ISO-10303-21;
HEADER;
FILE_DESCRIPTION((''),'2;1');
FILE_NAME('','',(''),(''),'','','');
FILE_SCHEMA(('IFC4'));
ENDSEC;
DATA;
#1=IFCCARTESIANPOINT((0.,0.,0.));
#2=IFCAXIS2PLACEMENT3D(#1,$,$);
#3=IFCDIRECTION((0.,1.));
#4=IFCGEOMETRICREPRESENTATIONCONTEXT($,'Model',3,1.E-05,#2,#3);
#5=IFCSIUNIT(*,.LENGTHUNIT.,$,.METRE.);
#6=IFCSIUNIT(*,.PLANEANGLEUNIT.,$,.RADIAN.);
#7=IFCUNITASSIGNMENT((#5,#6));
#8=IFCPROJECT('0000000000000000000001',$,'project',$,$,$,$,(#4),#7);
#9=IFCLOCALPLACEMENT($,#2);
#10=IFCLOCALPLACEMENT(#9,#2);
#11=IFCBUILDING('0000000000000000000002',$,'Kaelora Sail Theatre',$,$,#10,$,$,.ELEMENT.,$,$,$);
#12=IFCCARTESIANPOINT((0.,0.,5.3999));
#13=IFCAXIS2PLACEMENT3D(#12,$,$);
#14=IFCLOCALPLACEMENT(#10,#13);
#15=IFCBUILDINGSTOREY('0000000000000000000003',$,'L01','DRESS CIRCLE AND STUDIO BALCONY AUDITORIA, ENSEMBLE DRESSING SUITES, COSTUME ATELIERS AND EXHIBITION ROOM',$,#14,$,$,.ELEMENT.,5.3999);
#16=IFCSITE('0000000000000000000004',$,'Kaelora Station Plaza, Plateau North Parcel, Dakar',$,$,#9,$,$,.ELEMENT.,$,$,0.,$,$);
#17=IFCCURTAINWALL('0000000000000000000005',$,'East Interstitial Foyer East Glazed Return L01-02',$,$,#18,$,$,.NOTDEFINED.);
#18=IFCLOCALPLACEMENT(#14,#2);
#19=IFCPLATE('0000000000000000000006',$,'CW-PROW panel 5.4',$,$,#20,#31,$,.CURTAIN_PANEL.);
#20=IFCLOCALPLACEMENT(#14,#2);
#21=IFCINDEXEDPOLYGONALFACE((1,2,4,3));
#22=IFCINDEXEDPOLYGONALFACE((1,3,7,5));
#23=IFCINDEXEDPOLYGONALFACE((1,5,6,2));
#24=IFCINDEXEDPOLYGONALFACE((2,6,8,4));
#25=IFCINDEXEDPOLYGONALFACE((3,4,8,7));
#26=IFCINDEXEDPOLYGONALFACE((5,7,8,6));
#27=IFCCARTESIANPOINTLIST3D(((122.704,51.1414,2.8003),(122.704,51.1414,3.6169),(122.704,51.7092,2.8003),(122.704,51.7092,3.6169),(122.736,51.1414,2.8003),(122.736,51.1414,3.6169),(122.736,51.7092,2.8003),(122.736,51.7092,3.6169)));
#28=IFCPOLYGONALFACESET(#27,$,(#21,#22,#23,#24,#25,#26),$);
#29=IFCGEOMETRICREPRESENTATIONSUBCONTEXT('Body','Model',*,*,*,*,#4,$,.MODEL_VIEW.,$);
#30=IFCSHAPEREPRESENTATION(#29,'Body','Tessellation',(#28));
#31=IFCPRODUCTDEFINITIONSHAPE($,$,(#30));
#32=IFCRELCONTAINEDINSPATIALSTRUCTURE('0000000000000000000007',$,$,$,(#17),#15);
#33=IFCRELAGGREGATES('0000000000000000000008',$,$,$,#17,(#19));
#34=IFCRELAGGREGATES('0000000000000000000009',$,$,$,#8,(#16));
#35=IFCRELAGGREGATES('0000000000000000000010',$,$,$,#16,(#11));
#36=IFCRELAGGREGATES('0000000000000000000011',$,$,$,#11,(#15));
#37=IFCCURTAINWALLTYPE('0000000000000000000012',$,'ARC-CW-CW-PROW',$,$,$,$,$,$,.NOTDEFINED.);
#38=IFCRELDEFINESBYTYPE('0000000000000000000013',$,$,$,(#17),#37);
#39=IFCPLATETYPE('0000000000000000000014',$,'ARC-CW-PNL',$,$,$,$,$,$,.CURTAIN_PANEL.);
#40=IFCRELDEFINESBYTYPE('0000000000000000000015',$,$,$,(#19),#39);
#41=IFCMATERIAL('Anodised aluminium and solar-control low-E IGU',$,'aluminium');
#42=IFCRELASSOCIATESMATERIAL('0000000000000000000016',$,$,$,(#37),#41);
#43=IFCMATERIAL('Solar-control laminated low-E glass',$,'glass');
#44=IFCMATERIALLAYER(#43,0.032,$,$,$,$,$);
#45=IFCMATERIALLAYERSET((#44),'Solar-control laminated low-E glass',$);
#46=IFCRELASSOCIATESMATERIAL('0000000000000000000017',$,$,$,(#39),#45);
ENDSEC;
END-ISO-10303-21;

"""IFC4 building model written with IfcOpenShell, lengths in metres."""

from ifc_helpers import new_model, si_unit, direction, frame, origin, origin_2d, place, context, subcontext, project, spatial, rectangle, extrude, material, layer, layer_set, type_object, element, aggregate, save


model = new_model("IFC4")

# Units and contexts
model_context = context("Model", 3, precision=1e-05, world=origin(), true_north=direction((0.0, 1.0)))
body_context = subcontext(model_context, "Body", "Model", "MODEL_VIEW")
ifc_project = project(units=[si_unit("LENGTHUNIT", "METRE"), si_unit("PLANEANGLEUNIT", "RADIAN")], contexts=[model_context])

# Site, building, storey
site_placement = place(None, origin())
site = spatial("IfcSite", under=ifc_project, at=site_placement, Name="Kaelora Station Plaza, Plateau North Parcel, Dakar", CompositionType="ELEMENT", RefElevation=0.0)
building_placement = place(site_placement, origin())
building = spatial("IfcBuilding", under=site, at=building_placement, Name="Kaelora Sail Theatre", CompositionType="ELEMENT")
storey_placement = place(building_placement, frame((0.0, 0.0, 5.3999)))
storey = spatial("IfcBuildingStorey", under=building, at=storey_placement, Name="L01", Description="DRESS CIRCLE AND STUDIO BALCONY AUDITORIA, ENSEMBLE DRESSING SUITES, COSTUME ATELIERS AND EXHIBITION ROOM", CompositionType="ELEMENT", Elevation=5.3999)

# Curtain wall, plate
ifc_material_1 = material(Name="Anodised aluminium and solar-control low-E IGU", Category="aluminium")
curtain_wall_type = type_object("IfcCurtainWallType", Name="ARC-CW-CW-PROW", PredefinedType="NOTDEFINED", material=ifc_material_1)
curtain_wall_placement = place(storey_placement, origin())
curtain_wall = element("IfcCurtainWall", 1, at=curtain_wall_placement, inside=storey, type_object=curtain_wall_type, Name="East Interstitial Foyer East Glazed Return L01-02", PredefinedType="NOTDEFINED")
ifc_material_2 = material(Name="Solar-control laminated low-E glass", Category="glass")
ifc_layer = layer(ifc_material_2, 0.032)
ifc_layer_set = layer_set([ifc_layer], Name="Solar-control laminated low-E glass")
plate_type = type_object("IfcPlateType", Name="ARC-CW-PNL", PredefinedType="CURTAIN_PANEL", material=ifc_layer_set)
plate_1_placement = place(storey_placement, frame((122.72, 51.4253, 2.8003), z_axis=(0.0, 0.0, 1.0), x_axis=(0.0, 1.0, 0.0)))
plate_1 = element("IfcPlate", 2, at=plate_1_placement, type_object=plate_type, Name="CW-PROW panel 5.4", PredefinedType="CURTAIN_PANEL", context=body_context, shape_type="SweptSolid", body=[
    extrude(rectangle(XDim=0.5679, YDim=0.032, at=origin_2d()), origin(), (0.0, 0.0, 1.0), 0.8167),
])
aggregate(curtain_wall, [plate_1])

save(model, "model.ifc")
